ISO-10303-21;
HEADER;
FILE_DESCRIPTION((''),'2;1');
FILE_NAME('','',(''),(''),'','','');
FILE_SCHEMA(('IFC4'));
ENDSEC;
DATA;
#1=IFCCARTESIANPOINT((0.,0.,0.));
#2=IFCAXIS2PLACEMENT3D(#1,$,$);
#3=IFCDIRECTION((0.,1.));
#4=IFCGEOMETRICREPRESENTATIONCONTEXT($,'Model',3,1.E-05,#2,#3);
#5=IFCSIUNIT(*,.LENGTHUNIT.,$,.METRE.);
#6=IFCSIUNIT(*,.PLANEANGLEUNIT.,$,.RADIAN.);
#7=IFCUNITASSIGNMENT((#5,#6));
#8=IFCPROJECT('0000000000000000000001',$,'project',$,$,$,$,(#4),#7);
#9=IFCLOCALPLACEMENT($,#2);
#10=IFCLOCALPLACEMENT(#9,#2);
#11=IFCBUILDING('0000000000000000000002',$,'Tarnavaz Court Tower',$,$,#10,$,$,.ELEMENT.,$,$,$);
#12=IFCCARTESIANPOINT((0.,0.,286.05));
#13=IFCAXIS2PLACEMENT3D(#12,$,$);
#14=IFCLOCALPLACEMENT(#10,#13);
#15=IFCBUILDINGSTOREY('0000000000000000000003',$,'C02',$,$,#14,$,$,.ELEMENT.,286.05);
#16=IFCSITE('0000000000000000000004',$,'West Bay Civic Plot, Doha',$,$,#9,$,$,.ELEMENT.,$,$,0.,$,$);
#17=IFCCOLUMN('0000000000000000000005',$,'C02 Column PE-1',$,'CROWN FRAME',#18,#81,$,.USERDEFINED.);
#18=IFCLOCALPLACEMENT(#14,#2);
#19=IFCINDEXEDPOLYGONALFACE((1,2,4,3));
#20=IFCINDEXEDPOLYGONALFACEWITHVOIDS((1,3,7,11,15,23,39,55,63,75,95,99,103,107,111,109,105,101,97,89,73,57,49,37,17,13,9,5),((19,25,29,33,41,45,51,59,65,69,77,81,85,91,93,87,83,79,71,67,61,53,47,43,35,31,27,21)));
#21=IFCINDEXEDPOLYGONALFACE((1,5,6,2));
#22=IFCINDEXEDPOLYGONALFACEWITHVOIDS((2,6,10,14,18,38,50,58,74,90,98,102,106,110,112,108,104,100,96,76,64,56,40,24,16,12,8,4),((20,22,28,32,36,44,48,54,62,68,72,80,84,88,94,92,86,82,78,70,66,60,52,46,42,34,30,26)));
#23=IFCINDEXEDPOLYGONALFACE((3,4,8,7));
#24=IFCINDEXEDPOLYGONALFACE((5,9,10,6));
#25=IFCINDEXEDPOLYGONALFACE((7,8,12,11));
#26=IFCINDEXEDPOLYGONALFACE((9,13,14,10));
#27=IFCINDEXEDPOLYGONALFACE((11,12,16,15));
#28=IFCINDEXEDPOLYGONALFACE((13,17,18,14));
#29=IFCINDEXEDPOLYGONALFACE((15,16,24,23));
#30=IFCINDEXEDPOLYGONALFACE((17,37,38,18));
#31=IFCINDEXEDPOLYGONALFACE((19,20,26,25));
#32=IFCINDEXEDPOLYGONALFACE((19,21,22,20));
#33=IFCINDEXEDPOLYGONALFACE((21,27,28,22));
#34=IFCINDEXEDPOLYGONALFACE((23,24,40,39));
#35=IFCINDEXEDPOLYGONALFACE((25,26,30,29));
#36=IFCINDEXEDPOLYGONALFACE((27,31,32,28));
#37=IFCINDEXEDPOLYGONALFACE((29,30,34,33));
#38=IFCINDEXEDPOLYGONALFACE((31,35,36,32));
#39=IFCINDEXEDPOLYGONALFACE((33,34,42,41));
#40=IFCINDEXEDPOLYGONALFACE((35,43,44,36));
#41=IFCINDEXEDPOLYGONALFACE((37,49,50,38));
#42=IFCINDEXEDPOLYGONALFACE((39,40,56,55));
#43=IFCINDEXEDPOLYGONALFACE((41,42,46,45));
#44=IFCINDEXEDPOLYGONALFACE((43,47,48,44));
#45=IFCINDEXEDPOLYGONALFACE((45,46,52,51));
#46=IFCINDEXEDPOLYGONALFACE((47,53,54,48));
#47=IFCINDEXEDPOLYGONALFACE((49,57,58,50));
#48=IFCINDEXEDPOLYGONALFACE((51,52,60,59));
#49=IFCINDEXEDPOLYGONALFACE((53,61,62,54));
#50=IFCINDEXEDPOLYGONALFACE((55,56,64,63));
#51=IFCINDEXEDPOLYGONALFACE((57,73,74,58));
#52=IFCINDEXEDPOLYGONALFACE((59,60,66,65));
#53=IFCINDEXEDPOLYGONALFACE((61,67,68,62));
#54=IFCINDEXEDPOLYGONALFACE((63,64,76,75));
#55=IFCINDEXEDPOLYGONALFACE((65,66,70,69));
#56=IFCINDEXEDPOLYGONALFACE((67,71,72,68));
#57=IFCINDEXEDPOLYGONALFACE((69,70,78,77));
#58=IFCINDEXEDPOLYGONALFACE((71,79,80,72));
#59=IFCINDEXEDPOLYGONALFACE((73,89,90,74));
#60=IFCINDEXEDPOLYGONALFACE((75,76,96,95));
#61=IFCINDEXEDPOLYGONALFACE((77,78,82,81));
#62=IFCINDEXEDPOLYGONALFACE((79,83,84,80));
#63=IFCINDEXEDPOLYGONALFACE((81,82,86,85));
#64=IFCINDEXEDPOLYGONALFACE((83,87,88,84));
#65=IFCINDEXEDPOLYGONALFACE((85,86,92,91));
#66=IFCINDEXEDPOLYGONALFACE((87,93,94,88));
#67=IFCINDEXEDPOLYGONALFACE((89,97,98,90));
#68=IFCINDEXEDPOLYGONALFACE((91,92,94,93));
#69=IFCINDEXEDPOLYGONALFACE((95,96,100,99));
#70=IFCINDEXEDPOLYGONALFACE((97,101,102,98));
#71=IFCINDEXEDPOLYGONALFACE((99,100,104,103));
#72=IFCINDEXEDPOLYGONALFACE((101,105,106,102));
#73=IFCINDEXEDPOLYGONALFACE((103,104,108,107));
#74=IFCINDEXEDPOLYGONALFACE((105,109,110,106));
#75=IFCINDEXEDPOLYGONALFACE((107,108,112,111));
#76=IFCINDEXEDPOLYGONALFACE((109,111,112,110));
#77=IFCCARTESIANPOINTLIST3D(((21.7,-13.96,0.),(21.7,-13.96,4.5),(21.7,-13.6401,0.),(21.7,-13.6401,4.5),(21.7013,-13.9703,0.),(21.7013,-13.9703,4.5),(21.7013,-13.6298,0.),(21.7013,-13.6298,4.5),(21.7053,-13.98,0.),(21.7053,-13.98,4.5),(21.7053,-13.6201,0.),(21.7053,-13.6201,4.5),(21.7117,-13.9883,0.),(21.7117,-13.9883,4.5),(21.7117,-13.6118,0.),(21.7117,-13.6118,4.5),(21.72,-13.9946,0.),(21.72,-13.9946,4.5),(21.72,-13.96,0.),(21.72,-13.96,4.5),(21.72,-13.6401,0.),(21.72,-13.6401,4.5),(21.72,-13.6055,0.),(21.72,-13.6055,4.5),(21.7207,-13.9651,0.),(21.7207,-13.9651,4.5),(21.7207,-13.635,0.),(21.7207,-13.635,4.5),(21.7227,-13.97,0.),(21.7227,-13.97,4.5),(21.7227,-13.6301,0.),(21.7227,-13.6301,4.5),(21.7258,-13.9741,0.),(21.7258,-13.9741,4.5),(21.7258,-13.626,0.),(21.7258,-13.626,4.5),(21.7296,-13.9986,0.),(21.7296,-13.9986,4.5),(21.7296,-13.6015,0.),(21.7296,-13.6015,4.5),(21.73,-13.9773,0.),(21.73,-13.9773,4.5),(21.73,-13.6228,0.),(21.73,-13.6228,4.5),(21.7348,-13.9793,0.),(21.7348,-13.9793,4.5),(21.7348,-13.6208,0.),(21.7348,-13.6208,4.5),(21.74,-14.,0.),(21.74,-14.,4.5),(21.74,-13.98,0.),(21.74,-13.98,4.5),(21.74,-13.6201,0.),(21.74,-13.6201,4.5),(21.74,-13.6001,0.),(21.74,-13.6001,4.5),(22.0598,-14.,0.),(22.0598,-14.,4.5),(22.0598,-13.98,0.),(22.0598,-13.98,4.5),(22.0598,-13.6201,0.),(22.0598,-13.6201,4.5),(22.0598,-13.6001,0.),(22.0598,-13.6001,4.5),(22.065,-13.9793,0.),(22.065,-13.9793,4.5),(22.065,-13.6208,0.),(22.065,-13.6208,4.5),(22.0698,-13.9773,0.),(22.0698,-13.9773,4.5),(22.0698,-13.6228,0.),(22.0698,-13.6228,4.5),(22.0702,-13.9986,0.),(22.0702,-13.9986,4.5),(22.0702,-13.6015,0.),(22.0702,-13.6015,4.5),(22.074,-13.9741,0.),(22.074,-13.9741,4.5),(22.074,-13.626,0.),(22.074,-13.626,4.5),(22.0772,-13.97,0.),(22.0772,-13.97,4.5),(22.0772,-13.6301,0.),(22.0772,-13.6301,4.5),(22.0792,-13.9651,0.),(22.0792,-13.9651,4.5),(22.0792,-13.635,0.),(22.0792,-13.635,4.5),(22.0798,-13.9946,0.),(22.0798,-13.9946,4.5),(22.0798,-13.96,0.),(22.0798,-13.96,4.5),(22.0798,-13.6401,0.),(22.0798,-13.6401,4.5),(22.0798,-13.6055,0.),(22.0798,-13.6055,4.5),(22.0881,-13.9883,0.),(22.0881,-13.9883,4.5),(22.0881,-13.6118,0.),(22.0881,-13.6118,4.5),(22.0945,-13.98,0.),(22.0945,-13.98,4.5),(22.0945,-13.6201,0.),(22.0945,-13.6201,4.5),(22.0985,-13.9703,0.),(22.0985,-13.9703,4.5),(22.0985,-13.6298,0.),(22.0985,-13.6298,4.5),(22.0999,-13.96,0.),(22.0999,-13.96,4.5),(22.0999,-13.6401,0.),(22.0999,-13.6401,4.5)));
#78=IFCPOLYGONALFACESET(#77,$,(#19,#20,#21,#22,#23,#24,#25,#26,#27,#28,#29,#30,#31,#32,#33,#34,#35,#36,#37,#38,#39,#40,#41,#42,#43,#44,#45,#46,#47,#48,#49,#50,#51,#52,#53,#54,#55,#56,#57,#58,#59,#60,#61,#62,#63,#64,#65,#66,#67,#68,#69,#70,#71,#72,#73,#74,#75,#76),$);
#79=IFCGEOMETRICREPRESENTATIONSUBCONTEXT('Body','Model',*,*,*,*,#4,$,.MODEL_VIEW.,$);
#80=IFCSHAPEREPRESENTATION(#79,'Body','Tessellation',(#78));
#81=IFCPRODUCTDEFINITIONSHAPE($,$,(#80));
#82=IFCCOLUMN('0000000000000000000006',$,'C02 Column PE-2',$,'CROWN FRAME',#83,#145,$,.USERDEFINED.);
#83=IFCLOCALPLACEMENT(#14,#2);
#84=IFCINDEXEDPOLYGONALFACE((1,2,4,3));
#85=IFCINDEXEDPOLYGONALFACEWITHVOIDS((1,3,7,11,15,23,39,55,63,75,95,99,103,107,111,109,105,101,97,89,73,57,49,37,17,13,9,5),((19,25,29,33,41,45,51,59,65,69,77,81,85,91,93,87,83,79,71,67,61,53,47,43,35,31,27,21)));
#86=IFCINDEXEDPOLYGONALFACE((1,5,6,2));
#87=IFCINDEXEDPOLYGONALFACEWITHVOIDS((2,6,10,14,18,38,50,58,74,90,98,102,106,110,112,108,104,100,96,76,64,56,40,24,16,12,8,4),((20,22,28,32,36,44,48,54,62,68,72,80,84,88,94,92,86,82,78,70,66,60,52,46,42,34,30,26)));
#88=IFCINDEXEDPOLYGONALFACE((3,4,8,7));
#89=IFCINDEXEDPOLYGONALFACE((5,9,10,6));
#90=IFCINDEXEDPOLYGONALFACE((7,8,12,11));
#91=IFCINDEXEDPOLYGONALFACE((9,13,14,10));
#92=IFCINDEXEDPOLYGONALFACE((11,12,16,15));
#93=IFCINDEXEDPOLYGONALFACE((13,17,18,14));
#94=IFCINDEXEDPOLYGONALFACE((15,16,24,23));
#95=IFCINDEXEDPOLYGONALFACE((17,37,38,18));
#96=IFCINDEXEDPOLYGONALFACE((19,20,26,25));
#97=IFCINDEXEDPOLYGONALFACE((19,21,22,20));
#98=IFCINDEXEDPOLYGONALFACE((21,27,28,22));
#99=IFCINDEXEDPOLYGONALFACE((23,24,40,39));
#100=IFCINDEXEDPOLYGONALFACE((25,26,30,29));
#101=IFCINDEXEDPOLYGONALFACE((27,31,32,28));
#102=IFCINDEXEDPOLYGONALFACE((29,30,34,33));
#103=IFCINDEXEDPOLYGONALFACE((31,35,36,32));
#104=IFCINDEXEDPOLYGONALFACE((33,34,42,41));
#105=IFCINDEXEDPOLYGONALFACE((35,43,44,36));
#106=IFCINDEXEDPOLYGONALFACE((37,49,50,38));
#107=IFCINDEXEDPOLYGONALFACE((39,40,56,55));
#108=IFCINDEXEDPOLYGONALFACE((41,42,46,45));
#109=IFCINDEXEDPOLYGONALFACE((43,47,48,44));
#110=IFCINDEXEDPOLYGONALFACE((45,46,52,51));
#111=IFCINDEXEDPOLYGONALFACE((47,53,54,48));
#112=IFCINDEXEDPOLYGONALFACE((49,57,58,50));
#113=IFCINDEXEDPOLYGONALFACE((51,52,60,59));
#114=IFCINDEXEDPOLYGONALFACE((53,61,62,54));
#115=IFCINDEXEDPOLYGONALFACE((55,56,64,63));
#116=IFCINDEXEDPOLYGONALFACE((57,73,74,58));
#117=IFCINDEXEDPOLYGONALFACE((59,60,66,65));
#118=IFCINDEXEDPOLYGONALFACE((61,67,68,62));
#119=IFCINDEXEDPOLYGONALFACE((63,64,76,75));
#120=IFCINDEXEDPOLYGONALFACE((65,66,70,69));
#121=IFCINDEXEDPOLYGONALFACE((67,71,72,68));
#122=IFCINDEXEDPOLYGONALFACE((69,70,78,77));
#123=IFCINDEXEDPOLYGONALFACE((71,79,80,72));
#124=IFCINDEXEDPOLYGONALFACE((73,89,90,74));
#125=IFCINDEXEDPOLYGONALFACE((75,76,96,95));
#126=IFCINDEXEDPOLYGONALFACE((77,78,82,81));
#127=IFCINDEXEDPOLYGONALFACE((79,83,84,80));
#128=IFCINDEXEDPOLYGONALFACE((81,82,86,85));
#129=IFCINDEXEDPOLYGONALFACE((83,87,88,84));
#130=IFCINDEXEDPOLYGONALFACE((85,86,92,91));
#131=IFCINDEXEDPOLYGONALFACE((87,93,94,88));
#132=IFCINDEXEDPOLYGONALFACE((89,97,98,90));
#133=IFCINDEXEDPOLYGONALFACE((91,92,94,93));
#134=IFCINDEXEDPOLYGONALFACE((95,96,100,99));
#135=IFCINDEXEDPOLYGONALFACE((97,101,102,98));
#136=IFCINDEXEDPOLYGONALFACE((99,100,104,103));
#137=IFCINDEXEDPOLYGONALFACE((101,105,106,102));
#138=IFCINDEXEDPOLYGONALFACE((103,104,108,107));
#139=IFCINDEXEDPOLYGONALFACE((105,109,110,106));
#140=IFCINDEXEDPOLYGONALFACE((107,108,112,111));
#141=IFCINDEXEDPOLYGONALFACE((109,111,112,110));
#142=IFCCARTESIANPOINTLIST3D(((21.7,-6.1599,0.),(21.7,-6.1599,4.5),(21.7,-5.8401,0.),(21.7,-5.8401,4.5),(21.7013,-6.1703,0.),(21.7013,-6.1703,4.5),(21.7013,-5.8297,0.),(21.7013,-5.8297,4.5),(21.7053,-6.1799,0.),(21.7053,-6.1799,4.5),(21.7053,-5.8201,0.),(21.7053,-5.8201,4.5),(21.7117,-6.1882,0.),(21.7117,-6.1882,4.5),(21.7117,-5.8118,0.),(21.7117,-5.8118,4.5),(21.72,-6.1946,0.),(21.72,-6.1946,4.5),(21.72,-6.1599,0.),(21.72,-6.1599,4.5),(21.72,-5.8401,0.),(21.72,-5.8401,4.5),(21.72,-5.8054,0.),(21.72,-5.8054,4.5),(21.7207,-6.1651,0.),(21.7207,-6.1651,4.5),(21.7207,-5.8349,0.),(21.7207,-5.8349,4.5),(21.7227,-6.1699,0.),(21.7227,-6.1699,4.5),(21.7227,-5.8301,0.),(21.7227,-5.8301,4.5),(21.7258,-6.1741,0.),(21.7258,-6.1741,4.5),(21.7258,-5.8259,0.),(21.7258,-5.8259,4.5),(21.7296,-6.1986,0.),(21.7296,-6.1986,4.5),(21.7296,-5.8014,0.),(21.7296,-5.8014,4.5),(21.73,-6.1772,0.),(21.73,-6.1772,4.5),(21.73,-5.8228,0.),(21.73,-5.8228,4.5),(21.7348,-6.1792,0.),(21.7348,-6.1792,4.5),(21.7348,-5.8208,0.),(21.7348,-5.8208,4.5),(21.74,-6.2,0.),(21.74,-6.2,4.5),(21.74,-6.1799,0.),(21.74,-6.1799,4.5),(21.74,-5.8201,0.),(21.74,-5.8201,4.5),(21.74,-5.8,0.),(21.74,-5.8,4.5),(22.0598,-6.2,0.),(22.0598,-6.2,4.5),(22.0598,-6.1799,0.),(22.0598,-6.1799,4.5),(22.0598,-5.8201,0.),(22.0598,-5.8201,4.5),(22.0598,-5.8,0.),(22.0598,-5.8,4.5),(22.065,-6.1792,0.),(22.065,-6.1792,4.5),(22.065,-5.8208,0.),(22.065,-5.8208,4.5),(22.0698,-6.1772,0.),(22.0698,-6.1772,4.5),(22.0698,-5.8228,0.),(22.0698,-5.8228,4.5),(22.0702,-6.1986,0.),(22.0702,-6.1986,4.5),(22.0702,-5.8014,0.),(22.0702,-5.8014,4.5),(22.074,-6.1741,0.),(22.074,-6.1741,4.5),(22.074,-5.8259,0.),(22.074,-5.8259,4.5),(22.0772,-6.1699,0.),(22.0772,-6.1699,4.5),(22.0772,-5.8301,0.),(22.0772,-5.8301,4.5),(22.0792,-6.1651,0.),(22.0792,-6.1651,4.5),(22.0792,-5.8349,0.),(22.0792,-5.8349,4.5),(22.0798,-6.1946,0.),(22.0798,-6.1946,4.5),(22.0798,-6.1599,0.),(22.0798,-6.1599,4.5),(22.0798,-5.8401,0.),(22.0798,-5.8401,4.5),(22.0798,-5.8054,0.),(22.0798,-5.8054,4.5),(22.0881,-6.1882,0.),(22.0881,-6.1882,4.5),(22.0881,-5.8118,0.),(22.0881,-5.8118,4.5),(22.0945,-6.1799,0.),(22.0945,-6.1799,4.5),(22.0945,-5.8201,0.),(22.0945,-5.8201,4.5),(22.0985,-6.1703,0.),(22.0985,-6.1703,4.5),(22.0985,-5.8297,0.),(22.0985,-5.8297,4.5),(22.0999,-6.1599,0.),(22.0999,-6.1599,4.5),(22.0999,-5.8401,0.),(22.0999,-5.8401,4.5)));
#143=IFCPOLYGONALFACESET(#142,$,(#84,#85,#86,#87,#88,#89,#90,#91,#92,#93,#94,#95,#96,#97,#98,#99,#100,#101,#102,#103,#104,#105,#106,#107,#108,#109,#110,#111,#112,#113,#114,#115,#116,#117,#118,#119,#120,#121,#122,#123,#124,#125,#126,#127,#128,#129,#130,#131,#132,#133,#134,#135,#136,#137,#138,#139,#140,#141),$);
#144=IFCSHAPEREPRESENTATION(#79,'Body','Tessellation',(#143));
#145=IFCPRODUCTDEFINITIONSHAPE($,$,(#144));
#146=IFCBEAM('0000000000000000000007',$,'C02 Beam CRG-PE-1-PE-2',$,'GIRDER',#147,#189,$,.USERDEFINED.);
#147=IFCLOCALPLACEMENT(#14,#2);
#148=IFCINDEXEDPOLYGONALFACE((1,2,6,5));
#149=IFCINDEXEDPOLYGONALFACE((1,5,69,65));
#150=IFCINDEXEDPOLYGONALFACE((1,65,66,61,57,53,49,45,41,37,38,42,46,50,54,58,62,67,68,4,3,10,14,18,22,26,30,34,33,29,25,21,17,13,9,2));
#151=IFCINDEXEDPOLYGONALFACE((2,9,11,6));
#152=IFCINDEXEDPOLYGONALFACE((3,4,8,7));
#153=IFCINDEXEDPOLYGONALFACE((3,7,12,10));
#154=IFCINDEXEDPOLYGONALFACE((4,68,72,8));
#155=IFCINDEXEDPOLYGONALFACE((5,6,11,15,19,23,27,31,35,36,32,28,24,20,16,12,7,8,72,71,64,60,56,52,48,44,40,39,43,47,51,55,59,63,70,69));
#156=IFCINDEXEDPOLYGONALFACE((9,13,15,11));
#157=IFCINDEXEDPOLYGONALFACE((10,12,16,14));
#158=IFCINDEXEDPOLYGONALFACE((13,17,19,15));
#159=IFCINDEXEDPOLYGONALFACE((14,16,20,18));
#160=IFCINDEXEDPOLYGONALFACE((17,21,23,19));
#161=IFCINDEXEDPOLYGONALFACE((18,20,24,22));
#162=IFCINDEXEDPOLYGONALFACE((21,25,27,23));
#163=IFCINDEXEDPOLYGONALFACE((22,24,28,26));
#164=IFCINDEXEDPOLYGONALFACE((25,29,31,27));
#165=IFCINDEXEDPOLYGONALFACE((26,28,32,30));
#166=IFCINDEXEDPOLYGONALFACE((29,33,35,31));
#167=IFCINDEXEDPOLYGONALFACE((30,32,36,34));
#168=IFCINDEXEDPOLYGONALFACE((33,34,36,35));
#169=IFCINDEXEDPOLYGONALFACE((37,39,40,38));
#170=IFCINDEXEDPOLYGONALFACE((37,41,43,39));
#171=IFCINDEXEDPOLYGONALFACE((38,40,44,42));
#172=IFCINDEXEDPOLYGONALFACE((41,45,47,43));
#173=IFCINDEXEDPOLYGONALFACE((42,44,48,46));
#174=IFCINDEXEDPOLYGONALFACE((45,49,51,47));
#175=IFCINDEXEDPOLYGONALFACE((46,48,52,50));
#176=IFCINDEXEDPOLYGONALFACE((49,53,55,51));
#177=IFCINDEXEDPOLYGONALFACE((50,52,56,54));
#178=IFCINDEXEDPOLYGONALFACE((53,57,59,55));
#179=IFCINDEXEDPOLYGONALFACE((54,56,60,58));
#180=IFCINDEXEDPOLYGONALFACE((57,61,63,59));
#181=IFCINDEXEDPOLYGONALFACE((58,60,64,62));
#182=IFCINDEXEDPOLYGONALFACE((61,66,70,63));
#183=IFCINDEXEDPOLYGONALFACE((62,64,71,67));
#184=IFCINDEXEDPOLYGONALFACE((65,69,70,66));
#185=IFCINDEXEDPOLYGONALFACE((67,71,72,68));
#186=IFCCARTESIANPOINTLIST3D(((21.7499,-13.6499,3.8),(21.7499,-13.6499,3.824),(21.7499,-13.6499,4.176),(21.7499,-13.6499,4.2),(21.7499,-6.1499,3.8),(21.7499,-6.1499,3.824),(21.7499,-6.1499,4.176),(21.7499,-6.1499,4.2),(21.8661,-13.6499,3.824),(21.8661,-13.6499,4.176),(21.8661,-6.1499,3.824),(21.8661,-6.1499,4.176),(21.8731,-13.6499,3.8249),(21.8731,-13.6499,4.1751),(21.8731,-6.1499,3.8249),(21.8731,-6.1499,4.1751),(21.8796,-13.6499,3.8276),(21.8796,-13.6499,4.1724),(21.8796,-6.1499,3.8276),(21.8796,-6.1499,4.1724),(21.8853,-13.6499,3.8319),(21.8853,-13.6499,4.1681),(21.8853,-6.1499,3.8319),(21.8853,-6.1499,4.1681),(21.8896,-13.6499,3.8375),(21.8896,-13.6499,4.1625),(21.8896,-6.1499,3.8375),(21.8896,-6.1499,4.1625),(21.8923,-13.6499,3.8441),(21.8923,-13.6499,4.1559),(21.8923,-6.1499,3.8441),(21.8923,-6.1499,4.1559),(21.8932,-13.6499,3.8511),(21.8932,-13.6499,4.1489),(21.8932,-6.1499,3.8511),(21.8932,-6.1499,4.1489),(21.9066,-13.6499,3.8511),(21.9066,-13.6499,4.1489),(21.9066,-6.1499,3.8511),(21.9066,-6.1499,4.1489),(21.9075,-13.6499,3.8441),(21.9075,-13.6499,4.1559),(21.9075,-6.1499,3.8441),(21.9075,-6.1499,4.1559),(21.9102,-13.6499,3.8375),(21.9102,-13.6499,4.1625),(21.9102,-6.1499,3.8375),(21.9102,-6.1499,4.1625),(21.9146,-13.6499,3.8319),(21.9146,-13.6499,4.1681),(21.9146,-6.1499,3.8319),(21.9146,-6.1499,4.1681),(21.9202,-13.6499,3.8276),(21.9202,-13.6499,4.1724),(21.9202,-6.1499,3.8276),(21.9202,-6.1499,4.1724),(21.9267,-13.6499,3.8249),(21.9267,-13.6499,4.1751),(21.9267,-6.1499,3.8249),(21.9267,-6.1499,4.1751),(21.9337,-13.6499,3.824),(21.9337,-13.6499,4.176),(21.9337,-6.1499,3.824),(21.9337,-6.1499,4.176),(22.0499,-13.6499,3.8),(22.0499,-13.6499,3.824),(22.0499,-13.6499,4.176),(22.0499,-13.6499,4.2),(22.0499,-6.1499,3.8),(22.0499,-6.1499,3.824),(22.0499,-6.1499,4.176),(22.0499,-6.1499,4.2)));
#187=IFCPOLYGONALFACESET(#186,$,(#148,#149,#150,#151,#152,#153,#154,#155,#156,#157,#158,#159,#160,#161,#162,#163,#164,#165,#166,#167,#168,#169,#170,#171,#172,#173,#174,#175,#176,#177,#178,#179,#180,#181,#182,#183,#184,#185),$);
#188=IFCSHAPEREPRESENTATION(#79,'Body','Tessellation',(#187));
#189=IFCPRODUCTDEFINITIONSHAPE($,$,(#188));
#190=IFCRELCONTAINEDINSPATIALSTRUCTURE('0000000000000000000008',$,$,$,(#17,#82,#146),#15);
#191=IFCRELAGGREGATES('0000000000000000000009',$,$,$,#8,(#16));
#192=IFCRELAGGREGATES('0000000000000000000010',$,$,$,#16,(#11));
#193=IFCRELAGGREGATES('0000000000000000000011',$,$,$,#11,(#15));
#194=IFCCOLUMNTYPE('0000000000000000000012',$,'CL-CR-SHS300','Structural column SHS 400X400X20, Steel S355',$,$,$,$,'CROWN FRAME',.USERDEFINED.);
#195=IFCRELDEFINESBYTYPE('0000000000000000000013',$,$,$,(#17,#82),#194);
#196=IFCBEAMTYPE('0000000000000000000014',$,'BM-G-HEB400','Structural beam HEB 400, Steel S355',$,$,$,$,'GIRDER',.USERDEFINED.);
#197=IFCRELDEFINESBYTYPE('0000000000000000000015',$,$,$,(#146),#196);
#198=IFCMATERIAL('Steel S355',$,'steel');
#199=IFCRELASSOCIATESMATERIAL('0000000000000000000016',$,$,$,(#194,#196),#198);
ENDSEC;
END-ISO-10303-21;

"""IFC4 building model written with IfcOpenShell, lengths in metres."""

from ifc_helpers import new_model, si_unit, direction, frame, origin, origin_2d, place, context, subcontext, project, spatial, hollow_rectangle, i_section, extrude, material, material_profile, profile_set, type_object, element, save


model = new_model("IFC4")

# Units and contexts
model_context = context("Model", 3, precision=1e-05, world=origin(), true_north=direction((0.0, 1.0)))
body_context = subcontext(model_context, "Body", "Model", "MODEL_VIEW")
ifc_project = project(units=[si_unit("LENGTHUNIT", "METRE"), si_unit("PLANEANGLEUNIT", "RADIAN")], contexts=[model_context])

# Site, building, storey
site_placement = place(None, origin())
site = spatial("IfcSite", under=ifc_project, at=site_placement, Name="West Bay Civic Plot, Doha", CompositionType="ELEMENT", RefElevation=0.0)
building_placement = place(site_placement, origin())
building = spatial("IfcBuilding", under=site, at=building_placement, Name="Tarnavaz Court Tower", CompositionType="ELEMENT")
storey_placement = place(building_placement, frame((0.0, 0.0, 286.05)))
storey = spatial("IfcBuildingStorey", under=building, at=storey_placement, Name="C02", CompositionType="ELEMENT", Elevation=286.05)

# Columns
ifc_material_1 = material(Name="Steel S355", Category="steel")
ifc_material_profile_1 = material_profile(ifc_material_1, hollow_rectangle(XDim=0.3999, YDim=0.3999, WallThickness=0.02, InnerFilletRadius=0.02, OuterFilletRadius=0.04, at=origin_2d()), Name="SHS 400X400X20")
ifc_profile_set_1 = profile_set([ifc_material_profile_1], Name="Steel S355")
column_type = type_object("IfcColumnType", Name="CL-CR-SHS300", Description="Structural column SHS 400X400X20, Steel S355", ElementType="CROWN FRAME", PredefinedType="USERDEFINED", material=ifc_profile_set_1)
for number, where, z_axis, x_axis, name in (
    (1, (21.8999, -13.8, 0.0), (0.0, 0.0, 1.0), (1.0, 0.0, 0.0), "C02 Column PE-1"),
    (2, (21.8999, -6.0, 0.0), (0.0, 0.0, 1.0), (1.0, 0.0, 0.0), "C02 Column PE-2"),
):
    element("IfcColumn", number, at=place(storey_placement, frame(where, z_axis=z_axis, x_axis=x_axis)), inside=storey, type_object=column_type, Name=name, ObjectType="CROWN FRAME", PredefinedType="USERDEFINED", context=body_context, shape_type="SweptSolid", body=[
        extrude(hollow_rectangle(XDim=0.3999, YDim=0.3999, WallThickness=0.02, InnerFilletRadius=0.02, OuterFilletRadius=0.04, at=origin_2d()), origin(), (0.0, 0.0, 1.0), 4.5),
    ])

# Beam
ifc_material_profile_2 = material_profile(ifc_material_1, i_section(OverallWidth=0.3, OverallDepth=0.3999, WebThickness=0.0134, FlangeThickness=0.0239, FilletRadius=0.0271, at=origin_2d()), Name="HEB 400")
ifc_profile_set_2 = profile_set([ifc_material_profile_2], Name="Steel S355")
beam_type = type_object("IfcBeamType", Name="BM-G-HEB400", Description="Structural beam HEB 400, Steel S355", ElementType="GIRDER", PredefinedType="USERDEFINED", material=ifc_profile_set_2)
beam_1_placement = place(storey_placement, frame((21.8999, -13.6499, 4.0), z_axis=(0.0, 1.0, 0.0), x_axis=(-1.0, 0.0, 0.0)))
element("IfcBeam", 3, at=beam_1_placement, inside=storey, type_object=beam_type, Name="C02 Beam CRG-PE-1-PE-2", ObjectType="GIRDER", PredefinedType="USERDEFINED", context=body_context, shape_type="SweptSolid", body=[
    extrude(i_section(OverallWidth=0.3, OverallDepth=0.3999, WebThickness=0.0134, FlangeThickness=0.0239, FilletRadius=0.0271, at=origin_2d()), origin(), (0.0, 0.0, 1.0), 7.5),
])

save(model, "model.ifc")
